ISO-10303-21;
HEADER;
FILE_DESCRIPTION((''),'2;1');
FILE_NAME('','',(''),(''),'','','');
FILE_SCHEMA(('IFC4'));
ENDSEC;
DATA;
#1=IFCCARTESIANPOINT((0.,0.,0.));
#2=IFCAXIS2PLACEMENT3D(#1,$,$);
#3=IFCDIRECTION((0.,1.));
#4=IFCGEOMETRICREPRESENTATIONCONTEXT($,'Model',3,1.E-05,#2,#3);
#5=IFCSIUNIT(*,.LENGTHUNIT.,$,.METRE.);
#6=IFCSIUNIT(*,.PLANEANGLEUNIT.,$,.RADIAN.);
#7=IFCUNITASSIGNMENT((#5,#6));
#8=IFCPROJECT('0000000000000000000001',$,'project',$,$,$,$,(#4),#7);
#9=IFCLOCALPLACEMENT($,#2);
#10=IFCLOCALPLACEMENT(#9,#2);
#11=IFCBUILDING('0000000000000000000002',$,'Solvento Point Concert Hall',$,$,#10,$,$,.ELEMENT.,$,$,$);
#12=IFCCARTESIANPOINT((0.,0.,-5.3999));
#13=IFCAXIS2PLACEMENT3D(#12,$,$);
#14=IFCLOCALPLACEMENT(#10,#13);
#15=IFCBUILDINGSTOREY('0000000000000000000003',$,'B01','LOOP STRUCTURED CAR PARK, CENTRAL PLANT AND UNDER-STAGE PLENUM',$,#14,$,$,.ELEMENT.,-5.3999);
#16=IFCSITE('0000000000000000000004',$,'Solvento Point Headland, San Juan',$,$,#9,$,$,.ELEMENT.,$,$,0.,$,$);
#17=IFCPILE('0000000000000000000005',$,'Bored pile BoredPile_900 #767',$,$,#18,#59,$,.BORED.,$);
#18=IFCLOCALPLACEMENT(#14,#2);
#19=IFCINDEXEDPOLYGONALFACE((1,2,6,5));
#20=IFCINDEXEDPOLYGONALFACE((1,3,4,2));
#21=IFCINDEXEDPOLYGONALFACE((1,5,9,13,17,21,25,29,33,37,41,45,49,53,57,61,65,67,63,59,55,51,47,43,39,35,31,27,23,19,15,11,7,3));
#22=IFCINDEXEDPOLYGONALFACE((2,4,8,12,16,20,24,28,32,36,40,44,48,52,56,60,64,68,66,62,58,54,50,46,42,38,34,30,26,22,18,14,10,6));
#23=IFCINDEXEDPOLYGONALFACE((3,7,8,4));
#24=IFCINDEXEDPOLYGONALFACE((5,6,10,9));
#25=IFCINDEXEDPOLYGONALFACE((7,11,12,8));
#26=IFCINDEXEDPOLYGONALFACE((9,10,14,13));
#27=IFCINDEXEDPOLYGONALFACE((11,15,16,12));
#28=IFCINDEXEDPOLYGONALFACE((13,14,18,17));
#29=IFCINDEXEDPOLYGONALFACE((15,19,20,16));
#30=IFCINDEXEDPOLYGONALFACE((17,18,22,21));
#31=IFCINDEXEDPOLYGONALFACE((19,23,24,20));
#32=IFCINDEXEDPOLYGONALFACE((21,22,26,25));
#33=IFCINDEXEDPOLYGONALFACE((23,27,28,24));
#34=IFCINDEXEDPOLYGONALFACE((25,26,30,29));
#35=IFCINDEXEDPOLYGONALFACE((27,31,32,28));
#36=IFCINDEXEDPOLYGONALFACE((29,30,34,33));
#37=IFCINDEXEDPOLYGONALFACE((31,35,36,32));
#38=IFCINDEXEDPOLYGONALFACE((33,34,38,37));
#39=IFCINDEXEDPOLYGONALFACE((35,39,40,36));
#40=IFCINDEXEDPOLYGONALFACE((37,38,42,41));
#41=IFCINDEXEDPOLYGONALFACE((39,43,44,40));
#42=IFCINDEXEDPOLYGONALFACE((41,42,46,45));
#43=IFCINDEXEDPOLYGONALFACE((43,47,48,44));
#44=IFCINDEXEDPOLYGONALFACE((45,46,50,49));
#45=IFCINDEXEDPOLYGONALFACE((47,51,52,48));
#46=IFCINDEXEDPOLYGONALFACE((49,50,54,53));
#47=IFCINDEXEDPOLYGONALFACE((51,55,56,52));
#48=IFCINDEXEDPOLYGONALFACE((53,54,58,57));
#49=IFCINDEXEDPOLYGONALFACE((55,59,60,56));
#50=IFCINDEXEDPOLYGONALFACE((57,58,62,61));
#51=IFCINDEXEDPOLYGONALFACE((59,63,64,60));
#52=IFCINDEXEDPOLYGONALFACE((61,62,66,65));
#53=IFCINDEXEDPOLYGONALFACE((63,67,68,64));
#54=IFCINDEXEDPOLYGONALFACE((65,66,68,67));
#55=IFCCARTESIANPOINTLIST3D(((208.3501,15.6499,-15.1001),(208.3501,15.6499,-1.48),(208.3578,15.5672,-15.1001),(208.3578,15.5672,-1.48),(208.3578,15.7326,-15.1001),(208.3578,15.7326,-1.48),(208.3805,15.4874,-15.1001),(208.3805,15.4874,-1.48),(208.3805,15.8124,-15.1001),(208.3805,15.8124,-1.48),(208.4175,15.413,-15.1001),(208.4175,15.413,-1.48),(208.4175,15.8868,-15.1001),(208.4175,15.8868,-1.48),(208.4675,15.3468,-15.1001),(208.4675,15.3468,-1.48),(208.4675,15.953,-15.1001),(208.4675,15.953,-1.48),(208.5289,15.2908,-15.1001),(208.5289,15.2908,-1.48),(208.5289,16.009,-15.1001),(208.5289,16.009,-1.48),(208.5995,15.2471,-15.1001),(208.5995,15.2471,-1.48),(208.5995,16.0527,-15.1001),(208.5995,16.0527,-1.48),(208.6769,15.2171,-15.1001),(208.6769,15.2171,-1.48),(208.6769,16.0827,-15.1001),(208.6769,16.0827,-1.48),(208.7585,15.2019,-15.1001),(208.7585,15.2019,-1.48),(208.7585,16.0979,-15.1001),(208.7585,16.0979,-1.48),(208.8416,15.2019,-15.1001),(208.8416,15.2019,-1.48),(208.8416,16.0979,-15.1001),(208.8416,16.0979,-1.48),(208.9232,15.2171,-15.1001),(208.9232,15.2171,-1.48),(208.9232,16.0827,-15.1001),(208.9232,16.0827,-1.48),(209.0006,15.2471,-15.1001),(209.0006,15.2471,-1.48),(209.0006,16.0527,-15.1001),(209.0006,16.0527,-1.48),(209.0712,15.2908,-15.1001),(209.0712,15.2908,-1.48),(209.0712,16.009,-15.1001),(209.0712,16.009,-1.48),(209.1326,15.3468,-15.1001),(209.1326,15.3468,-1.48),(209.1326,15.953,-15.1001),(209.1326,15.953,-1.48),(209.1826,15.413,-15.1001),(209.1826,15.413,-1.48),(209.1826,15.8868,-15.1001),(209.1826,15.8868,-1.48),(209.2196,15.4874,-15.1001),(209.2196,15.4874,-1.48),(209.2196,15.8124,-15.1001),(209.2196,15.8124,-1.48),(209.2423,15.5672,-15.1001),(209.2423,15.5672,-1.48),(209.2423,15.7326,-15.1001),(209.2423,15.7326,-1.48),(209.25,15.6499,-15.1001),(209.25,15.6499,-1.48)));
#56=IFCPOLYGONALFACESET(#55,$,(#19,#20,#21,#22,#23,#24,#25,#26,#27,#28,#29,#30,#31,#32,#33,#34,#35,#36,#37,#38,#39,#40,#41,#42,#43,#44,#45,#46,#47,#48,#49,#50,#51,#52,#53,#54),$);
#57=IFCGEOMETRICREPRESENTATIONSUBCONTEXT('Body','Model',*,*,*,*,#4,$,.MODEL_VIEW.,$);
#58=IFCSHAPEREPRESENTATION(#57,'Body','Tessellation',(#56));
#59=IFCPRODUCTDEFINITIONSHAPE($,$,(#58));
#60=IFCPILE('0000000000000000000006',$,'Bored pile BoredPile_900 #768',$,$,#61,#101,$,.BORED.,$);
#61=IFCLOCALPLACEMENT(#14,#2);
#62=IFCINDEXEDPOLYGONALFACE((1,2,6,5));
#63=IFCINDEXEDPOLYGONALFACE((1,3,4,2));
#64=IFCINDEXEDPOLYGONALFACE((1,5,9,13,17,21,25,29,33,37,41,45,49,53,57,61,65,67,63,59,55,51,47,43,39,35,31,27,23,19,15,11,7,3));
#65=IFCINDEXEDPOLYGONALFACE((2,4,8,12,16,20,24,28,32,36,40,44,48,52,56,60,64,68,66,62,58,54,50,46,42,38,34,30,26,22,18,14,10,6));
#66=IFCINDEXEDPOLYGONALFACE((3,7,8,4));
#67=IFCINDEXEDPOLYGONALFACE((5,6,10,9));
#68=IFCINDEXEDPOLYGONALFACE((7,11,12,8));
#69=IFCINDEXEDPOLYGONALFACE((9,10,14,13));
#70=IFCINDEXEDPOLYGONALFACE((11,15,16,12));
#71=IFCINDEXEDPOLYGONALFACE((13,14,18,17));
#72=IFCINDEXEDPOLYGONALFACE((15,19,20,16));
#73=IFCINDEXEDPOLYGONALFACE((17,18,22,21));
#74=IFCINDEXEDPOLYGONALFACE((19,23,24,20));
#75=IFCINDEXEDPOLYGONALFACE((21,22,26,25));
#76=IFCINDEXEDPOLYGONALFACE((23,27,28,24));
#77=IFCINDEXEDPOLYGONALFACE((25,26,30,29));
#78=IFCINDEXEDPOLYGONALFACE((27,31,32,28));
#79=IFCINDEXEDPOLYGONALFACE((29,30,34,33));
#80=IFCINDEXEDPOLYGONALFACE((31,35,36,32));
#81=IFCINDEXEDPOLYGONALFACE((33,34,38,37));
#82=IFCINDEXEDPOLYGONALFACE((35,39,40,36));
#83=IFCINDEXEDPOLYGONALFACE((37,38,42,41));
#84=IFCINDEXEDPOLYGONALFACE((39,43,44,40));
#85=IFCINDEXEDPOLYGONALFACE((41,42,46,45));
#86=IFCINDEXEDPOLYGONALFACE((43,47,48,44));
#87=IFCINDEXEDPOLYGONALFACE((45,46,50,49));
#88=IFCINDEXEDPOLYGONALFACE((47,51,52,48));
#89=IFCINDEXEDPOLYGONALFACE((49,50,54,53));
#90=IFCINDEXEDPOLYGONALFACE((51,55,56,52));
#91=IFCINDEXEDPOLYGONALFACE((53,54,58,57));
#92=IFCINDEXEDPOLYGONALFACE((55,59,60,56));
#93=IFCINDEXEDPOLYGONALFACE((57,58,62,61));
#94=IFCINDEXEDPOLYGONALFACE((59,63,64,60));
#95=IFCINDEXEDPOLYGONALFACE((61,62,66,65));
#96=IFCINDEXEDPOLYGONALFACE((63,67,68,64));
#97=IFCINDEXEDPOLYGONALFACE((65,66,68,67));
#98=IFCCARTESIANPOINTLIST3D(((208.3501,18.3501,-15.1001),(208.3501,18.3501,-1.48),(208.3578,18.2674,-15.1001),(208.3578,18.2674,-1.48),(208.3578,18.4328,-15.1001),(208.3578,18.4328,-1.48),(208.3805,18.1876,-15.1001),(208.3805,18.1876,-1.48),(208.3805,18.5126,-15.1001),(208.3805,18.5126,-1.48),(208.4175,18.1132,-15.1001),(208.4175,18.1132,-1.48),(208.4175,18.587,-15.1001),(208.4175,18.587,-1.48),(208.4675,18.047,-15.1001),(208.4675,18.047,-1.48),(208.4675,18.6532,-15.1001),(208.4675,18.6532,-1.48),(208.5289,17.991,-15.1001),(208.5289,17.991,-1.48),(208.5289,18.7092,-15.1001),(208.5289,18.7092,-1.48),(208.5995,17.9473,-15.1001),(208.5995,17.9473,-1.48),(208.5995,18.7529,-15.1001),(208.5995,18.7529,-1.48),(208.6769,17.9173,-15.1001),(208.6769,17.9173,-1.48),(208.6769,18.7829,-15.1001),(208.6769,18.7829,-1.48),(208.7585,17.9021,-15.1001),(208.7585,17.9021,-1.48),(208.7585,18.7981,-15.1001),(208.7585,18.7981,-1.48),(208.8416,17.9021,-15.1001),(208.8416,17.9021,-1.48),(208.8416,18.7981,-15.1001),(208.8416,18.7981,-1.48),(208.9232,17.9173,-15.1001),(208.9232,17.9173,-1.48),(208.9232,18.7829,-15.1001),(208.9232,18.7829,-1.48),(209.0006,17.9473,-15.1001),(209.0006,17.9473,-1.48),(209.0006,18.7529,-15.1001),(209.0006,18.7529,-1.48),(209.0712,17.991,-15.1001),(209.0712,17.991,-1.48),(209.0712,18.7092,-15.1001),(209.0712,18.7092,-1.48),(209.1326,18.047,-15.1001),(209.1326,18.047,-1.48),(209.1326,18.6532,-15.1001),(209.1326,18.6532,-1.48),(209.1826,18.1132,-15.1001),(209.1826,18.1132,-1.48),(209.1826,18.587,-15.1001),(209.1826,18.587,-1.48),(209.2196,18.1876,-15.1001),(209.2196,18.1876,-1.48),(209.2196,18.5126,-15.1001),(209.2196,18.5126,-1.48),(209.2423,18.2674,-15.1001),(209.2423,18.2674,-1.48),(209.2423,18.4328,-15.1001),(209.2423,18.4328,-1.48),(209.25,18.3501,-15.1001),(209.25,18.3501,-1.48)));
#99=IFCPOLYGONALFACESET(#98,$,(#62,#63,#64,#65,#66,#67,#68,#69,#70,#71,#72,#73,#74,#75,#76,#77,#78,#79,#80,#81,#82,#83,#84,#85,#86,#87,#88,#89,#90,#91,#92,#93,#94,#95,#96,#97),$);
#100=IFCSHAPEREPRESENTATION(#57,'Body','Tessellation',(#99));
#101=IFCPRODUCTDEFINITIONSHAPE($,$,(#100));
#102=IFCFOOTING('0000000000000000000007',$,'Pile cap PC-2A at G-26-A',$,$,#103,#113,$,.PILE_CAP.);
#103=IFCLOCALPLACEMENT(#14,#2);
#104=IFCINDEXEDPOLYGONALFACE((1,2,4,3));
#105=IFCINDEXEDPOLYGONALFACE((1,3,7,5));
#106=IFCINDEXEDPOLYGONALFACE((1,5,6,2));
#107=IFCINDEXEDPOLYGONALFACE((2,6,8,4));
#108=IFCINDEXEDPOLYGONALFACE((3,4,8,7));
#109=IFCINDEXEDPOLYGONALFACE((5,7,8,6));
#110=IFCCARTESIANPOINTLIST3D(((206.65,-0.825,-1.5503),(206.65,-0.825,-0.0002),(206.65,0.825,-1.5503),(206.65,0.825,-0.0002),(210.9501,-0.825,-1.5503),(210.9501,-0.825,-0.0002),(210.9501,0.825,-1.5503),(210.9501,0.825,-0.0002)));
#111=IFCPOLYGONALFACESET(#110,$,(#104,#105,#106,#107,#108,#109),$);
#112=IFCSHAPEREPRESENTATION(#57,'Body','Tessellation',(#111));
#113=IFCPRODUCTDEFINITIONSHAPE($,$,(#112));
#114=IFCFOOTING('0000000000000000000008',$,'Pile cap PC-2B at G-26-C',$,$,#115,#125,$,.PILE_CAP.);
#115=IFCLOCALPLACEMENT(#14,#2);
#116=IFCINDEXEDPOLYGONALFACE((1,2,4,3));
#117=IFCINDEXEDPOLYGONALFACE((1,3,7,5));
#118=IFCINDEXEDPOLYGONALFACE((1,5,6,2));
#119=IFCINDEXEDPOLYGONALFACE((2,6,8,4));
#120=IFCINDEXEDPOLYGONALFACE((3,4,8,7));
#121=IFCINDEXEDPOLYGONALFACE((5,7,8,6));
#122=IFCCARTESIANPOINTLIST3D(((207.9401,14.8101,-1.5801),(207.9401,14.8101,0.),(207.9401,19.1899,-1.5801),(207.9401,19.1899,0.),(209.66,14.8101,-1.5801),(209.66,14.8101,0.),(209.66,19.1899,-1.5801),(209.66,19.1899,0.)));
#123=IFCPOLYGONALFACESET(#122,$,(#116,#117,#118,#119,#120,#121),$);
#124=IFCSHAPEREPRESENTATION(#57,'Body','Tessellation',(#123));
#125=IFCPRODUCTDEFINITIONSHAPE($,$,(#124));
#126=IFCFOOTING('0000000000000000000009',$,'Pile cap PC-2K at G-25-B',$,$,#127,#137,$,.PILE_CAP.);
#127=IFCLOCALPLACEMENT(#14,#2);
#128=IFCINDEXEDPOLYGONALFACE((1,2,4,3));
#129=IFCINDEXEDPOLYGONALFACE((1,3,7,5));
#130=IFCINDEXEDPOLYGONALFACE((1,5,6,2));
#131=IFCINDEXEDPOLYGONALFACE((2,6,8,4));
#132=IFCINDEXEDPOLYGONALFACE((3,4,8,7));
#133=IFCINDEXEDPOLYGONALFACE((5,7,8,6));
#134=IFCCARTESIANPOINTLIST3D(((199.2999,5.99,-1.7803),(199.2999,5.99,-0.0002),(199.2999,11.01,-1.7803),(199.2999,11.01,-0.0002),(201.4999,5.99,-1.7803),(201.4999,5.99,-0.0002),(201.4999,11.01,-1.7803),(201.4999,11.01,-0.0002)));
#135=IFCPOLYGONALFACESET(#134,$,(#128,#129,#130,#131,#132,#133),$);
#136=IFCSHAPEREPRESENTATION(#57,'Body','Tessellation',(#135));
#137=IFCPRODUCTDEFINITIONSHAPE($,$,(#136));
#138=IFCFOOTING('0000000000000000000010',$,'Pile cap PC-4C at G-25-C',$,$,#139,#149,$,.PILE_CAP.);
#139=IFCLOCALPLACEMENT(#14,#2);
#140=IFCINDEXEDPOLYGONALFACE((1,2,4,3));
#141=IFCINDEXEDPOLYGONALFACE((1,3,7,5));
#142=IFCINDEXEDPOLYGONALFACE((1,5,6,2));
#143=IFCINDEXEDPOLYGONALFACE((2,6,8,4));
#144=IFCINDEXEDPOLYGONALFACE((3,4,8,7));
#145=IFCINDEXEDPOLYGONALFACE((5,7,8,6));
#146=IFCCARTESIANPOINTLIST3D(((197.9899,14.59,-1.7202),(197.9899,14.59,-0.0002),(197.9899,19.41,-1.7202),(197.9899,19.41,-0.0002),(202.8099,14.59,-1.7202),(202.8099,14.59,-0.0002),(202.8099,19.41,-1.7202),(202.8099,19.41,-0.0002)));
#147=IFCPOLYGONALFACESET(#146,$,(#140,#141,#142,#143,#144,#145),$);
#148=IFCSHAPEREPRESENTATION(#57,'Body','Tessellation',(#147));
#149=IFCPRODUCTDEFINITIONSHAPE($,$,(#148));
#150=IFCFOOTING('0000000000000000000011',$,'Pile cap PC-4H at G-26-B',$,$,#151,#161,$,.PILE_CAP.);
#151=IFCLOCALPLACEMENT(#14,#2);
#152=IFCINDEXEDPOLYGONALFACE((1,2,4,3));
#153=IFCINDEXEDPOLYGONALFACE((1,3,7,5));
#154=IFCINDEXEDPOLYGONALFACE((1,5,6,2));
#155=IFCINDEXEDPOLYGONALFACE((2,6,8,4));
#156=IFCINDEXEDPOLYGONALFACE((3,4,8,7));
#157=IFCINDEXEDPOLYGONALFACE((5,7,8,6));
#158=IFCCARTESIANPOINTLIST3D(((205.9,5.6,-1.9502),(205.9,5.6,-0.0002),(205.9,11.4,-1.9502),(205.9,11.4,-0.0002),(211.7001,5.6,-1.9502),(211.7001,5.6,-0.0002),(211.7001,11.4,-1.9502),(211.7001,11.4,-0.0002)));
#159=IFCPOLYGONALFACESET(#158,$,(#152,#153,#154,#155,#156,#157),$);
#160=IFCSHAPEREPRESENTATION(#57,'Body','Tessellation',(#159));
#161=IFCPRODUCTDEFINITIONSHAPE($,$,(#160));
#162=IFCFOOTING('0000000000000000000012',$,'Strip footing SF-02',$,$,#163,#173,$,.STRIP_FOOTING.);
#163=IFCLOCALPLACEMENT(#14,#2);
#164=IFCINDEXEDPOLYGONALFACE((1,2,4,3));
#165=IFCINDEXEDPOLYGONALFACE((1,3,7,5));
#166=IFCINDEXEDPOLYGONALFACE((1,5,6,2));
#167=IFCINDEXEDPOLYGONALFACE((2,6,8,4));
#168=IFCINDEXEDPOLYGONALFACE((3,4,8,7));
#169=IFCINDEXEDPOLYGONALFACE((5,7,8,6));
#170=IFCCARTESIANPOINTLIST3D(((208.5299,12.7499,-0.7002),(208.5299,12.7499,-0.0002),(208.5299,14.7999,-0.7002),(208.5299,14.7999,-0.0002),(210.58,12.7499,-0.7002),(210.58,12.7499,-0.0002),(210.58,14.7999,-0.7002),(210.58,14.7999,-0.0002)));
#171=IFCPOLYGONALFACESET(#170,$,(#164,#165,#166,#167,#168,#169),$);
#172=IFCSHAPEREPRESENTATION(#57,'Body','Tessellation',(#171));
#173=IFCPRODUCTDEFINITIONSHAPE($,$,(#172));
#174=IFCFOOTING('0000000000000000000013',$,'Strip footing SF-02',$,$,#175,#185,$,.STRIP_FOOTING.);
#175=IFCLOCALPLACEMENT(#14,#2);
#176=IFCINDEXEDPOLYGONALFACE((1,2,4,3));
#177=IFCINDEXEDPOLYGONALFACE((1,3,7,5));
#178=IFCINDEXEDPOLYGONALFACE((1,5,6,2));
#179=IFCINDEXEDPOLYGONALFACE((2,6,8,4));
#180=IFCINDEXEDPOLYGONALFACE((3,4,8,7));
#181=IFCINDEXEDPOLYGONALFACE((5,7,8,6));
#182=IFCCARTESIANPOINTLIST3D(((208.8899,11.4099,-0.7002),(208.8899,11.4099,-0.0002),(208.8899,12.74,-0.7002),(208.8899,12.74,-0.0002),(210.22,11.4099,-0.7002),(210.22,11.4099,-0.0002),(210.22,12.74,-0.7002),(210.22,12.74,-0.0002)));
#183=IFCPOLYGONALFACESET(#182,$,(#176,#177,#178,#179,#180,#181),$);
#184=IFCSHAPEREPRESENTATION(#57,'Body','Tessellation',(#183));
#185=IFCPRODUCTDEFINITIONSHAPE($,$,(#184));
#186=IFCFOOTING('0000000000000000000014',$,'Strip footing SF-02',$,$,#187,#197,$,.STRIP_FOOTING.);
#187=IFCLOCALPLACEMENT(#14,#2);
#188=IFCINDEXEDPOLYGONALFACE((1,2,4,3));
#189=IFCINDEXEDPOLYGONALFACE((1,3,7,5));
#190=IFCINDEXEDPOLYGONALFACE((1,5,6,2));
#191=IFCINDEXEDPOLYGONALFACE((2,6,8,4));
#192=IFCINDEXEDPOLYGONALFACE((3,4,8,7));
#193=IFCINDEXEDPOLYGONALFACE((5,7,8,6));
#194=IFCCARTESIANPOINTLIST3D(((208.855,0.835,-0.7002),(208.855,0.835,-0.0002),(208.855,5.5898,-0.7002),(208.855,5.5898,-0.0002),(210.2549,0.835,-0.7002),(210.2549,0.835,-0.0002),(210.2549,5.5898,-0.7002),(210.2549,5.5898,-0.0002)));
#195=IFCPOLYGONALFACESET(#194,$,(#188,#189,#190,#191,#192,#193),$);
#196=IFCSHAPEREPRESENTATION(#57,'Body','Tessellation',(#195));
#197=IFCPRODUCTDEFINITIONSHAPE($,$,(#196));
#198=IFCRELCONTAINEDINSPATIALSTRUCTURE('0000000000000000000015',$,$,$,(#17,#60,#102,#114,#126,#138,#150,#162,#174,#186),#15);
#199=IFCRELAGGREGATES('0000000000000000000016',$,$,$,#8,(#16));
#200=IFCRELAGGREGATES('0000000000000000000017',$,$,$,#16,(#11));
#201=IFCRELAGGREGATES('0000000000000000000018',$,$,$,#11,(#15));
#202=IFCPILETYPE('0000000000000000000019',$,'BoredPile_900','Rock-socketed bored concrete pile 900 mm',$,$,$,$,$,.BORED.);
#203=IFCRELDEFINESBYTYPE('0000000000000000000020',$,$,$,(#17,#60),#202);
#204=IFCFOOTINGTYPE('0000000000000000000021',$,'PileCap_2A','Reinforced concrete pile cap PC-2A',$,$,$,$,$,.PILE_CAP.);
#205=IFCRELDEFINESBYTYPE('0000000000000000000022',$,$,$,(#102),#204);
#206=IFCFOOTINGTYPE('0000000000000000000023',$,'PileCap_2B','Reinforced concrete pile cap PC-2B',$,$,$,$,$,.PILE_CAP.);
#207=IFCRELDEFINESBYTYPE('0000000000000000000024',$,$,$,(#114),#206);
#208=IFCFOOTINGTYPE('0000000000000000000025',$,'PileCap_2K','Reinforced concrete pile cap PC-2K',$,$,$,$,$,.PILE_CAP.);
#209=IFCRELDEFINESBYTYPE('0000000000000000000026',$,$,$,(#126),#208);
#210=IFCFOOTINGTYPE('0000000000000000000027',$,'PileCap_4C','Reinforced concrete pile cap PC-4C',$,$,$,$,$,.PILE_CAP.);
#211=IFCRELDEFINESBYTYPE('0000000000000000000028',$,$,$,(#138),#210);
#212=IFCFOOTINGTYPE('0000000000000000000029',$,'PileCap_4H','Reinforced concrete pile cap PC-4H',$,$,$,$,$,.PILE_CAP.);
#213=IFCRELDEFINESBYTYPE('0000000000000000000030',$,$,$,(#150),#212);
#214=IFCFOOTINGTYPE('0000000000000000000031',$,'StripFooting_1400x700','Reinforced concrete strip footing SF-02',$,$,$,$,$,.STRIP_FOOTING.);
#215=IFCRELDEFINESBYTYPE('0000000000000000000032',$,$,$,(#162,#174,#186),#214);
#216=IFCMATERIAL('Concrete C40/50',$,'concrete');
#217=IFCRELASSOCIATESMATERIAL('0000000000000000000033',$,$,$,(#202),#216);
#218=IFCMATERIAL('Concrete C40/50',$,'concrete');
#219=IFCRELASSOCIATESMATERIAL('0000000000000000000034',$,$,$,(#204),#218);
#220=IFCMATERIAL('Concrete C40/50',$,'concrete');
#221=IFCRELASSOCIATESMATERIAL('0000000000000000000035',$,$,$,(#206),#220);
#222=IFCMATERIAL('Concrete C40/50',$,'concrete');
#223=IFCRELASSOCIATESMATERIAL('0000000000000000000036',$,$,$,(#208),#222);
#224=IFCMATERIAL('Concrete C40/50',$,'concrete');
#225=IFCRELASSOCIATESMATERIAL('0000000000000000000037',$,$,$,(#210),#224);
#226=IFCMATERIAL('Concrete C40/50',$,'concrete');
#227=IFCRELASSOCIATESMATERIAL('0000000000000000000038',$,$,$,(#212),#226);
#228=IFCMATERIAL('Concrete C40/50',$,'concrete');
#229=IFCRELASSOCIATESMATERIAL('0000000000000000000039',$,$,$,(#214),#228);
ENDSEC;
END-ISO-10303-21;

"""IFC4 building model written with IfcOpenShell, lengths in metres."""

from ifc_helpers import new_model, si_unit, direction, frame, origin, origin_2d, place, context, subcontext, project, spatial, rectangle, circle, extrude, material, material_profile, profile_set, type_object, element, save


model = new_model("IFC4")

# Units and contexts
model_context = context("Model", 3, precision=1e-05, world=origin(), true_north=direction((0.0, 1.0)))
body_context = subcontext(model_context, "Body", "Model", "MODEL_VIEW")
ifc_project = project(units=[si_unit("LENGTHUNIT", "METRE"), si_unit("PLANEANGLEUNIT", "RADIAN")], contexts=[model_context])

# Site, building, storey
site_placement = place(None, origin())
site = spatial("IfcSite", under=ifc_project, at=site_placement, Name="Solvento Point Headland, San Juan", CompositionType="ELEMENT", RefElevation=0.0)
building_placement = place(site_placement, origin())
building = spatial("IfcBuilding", under=site, at=building_placement, Name="Solvento Point Concert Hall", CompositionType="ELEMENT")
storey_placement = place(building_placement, frame((0.0, 0.0, -5.3999)))
storey = spatial("IfcBuildingStorey", under=building, at=storey_placement, Name="B01", Description="LOOP STRUCTURED CAR PARK, CENTRAL PLANT AND UNDER-STAGE PLENUM", CompositionType="ELEMENT", Elevation=-5.3999)

# Piles
ifc_material_1 = material(Name="Concrete C40/50", Category="concrete")
ifc_material_profile_1 = material_profile(ifc_material_1, circle(Radius=0.45, at=origin_2d()), Name="BP-900")
ifc_profile_set_1 = profile_set([ifc_material_profile_1], Name="Concrete C40/50")
pile_type_1 = type_object("IfcPileType", Name="BoredPile_900", Description="Rock-socketed bored concrete pile 900 mm", PredefinedType="BORED", material=ifc_profile_set_1)
for number, where, z_axis, x_axis, name in (
    (1, (208.8, 15.6499, -1.48), (0.0, 0.0, -1.0), (1.0, 0.0, 0.0), "Bored pile BoredPile_900 #767"),
    (2, (208.8, 18.3501, -1.48), (0.0, 0.0, -1.0), (1.0, 0.0, 0.0), "Bored pile BoredPile_900 #768"),
):
    element("IfcPile", number, at=place(storey_placement, frame(where, z_axis=z_axis, x_axis=x_axis)), inside=storey, type_object=pile_type_1, Name=name, PredefinedType="BORED", context=body_context, shape_type="SweptSolid", body=[
        extrude(circle(Radius=0.45, at=origin_2d()), origin(), (0.0, 0.0, 1.0), 13.6201),
    ])

# Footings
ifc_material_2 = material(Name="Concrete C40/50", Category="concrete")
footing_type_1 = type_object("IfcFootingType", Name="PileCap_2A", Description="Reinforced concrete pile cap PC-2A", PredefinedType="PILE_CAP", material=ifc_material_2)
footing_1_placement = place(storey_placement, frame((208.8, 0.0, -1.5503), z_axis=(0.0, 0.0, 1.0), x_axis=(1.0, 0.0, 0.0)))
element("IfcFooting", 3, at=footing_1_placement, inside=storey, type_object=footing_type_1, Name="Pile cap PC-2A at G-26-A", PredefinedType="PILE_CAP", context=body_context, shape_type="SweptSolid", body=[
    extrude(rectangle(XDim=4.3, YDim=1.6499, at=origin_2d()), origin(), (0.0, 0.0, 1.0), 1.55),
])
ifc_material_3 = material(Name="Concrete C40/50", Category="concrete")
footing_type_2 = type_object("IfcFootingType", Name="PileCap_2B", Description="Reinforced concrete pile cap PC-2B", PredefinedType="PILE_CAP", material=ifc_material_3)
footing_2_placement = place(storey_placement, frame((208.8, 17.0, -1.5801), z_axis=(0.0, 0.0, 1.0), x_axis=(1.0, 0.0, 0.0)))
element("IfcFooting", 4, at=footing_2_placement, inside=storey, type_object=footing_type_2, Name="Pile cap PC-2B at G-26-C", PredefinedType="PILE_CAP", context=body_context, shape_type="SweptSolid", body=[
    extrude(rectangle(XDim=1.72, YDim=4.3799, at=origin_2d()), origin(), (0.0, 0.0, 1.0), 1.5801),
])
ifc_material_4 = material(Name="Concrete C40/50", Category="concrete")
footing_type_3 = type_object("IfcFootingType", Name="PileCap_2K", Description="Reinforced concrete pile cap PC-2K", PredefinedType="PILE_CAP", material=ifc_material_4)
footing_3_placement = place(storey_placement, frame((200.3999, 8.5, -1.7803), z_axis=(0.0, 0.0, 1.0), x_axis=(1.0, 0.0, 0.0)))
element("IfcFooting", 5, at=footing_3_placement, inside=storey, type_object=footing_type_3, Name="Pile cap PC-2K at G-25-B", PredefinedType="PILE_CAP", context=body_context, shape_type="SweptSolid", body=[
    extrude(rectangle(XDim=2.2, YDim=5.02, at=origin_2d()), origin(), (0.0, 0.0, 1.0), 1.78),
])
ifc_material_5 = material(Name="Concrete C40/50", Category="concrete")
footing_type_4 = type_object("IfcFootingType", Name="PileCap_4C", Description="Reinforced concrete pile cap PC-4C", PredefinedType="PILE_CAP", material=ifc_material_5)
footing_4_placement = place(storey_placement, frame((200.3999, 17.0, -1.7202), z_axis=(0.0, 0.0, 1.0), x_axis=(1.0, 0.0, 0.0)))
element("IfcFooting", 6, at=footing_4_placement, inside=storey, type_object=footing_type_4, Name="Pile cap PC-4C at G-25-C", PredefinedType="PILE_CAP", context=body_context, shape_type="SweptSolid", body=[
    extrude(rectangle(XDim=4.8201, YDim=4.8201, at=origin_2d()), origin(), (0.0, 0.0, 1.0), 1.72),
])
ifc_material_6 = material(Name="Concrete C40/50", Category="concrete")
footing_type_5 = type_object("IfcFootingType", Name="PileCap_4H", Description="Reinforced concrete pile cap PC-4H", PredefinedType="PILE_CAP", material=ifc_material_6)
footing_5_placement = place(storey_placement, frame((208.8, 8.5, -1.9502), z_axis=(0.0, 0.0, 1.0), x_axis=(1.0, 0.0, 0.0)))
element("IfcFooting", 7, at=footing_5_placement, inside=storey, type_object=footing_type_5, Name="Pile cap PC-4H at G-26-B", PredefinedType="PILE_CAP", context=body_context, shape_type="SweptSolid", body=[
    extrude(rectangle(XDim=5.8, YDim=5.8, at=origin_2d()), origin(), (0.0, 0.0, 1.0), 1.95),
])
ifc_material_7 = material(Name="Concrete C40/50", Category="concrete")
footing_type_6 = type_object("IfcFootingType", Name="StripFooting_1400x700", Description="Reinforced concrete strip footing SF-02", PredefinedType="STRIP_FOOTING", material=ifc_material_7)
footing_6_placement = place(storey_placement, frame((209.5549, 13.7749, -0.7002), z_axis=(0.0, 0.0, 1.0), x_axis=(0.0, -1.0, 0.0)))
element("IfcFooting", 8, at=footing_6_placement, inside=storey, type_object=footing_type_6, Name="Strip footing SF-02", PredefinedType="STRIP_FOOTING", context=body_context, shape_type="SweptSolid", body=[
    extrude(rectangle(XDim=2.05, YDim=2.05, at=origin_2d()), origin(), (0.0, 0.0, 1.0), 0.7),
])
footing_7_placement = place(storey_placement, frame((209.5549, 12.075, -0.7002), z_axis=(0.0, 0.0, 1.0), x_axis=(0.0, -1.0, 0.0)))
element("IfcFooting", 9, at=footing_7_placement, inside=storey, type_object=footing_type_6, Name="Strip footing SF-02", PredefinedType="STRIP_FOOTING", context=body_context, shape_type="SweptSolid", body=[
    extrude(rectangle(XDim=1.3301, YDim=1.3301, at=origin_2d()), origin(), (0.0, 0.0, 1.0), 0.7),
])
footing_8_placement = place(storey_placement, frame((209.5549, 3.2124, -0.7002), z_axis=(0.0, 0.0, 1.0), x_axis=(0.0, -1.0, 0.0)))
element("IfcFooting", 10, at=footing_8_placement, inside=storey, type_object=footing_type_6, Name="Strip footing SF-02", PredefinedType="STRIP_FOOTING", context=body_context, shape_type="SweptSolid", body=[
    extrude(rectangle(XDim=4.7549, YDim=1.3999, at=origin_2d()), origin(), (0.0, 0.0, 1.0), 0.7),
])

save(model, "model.ifc")
